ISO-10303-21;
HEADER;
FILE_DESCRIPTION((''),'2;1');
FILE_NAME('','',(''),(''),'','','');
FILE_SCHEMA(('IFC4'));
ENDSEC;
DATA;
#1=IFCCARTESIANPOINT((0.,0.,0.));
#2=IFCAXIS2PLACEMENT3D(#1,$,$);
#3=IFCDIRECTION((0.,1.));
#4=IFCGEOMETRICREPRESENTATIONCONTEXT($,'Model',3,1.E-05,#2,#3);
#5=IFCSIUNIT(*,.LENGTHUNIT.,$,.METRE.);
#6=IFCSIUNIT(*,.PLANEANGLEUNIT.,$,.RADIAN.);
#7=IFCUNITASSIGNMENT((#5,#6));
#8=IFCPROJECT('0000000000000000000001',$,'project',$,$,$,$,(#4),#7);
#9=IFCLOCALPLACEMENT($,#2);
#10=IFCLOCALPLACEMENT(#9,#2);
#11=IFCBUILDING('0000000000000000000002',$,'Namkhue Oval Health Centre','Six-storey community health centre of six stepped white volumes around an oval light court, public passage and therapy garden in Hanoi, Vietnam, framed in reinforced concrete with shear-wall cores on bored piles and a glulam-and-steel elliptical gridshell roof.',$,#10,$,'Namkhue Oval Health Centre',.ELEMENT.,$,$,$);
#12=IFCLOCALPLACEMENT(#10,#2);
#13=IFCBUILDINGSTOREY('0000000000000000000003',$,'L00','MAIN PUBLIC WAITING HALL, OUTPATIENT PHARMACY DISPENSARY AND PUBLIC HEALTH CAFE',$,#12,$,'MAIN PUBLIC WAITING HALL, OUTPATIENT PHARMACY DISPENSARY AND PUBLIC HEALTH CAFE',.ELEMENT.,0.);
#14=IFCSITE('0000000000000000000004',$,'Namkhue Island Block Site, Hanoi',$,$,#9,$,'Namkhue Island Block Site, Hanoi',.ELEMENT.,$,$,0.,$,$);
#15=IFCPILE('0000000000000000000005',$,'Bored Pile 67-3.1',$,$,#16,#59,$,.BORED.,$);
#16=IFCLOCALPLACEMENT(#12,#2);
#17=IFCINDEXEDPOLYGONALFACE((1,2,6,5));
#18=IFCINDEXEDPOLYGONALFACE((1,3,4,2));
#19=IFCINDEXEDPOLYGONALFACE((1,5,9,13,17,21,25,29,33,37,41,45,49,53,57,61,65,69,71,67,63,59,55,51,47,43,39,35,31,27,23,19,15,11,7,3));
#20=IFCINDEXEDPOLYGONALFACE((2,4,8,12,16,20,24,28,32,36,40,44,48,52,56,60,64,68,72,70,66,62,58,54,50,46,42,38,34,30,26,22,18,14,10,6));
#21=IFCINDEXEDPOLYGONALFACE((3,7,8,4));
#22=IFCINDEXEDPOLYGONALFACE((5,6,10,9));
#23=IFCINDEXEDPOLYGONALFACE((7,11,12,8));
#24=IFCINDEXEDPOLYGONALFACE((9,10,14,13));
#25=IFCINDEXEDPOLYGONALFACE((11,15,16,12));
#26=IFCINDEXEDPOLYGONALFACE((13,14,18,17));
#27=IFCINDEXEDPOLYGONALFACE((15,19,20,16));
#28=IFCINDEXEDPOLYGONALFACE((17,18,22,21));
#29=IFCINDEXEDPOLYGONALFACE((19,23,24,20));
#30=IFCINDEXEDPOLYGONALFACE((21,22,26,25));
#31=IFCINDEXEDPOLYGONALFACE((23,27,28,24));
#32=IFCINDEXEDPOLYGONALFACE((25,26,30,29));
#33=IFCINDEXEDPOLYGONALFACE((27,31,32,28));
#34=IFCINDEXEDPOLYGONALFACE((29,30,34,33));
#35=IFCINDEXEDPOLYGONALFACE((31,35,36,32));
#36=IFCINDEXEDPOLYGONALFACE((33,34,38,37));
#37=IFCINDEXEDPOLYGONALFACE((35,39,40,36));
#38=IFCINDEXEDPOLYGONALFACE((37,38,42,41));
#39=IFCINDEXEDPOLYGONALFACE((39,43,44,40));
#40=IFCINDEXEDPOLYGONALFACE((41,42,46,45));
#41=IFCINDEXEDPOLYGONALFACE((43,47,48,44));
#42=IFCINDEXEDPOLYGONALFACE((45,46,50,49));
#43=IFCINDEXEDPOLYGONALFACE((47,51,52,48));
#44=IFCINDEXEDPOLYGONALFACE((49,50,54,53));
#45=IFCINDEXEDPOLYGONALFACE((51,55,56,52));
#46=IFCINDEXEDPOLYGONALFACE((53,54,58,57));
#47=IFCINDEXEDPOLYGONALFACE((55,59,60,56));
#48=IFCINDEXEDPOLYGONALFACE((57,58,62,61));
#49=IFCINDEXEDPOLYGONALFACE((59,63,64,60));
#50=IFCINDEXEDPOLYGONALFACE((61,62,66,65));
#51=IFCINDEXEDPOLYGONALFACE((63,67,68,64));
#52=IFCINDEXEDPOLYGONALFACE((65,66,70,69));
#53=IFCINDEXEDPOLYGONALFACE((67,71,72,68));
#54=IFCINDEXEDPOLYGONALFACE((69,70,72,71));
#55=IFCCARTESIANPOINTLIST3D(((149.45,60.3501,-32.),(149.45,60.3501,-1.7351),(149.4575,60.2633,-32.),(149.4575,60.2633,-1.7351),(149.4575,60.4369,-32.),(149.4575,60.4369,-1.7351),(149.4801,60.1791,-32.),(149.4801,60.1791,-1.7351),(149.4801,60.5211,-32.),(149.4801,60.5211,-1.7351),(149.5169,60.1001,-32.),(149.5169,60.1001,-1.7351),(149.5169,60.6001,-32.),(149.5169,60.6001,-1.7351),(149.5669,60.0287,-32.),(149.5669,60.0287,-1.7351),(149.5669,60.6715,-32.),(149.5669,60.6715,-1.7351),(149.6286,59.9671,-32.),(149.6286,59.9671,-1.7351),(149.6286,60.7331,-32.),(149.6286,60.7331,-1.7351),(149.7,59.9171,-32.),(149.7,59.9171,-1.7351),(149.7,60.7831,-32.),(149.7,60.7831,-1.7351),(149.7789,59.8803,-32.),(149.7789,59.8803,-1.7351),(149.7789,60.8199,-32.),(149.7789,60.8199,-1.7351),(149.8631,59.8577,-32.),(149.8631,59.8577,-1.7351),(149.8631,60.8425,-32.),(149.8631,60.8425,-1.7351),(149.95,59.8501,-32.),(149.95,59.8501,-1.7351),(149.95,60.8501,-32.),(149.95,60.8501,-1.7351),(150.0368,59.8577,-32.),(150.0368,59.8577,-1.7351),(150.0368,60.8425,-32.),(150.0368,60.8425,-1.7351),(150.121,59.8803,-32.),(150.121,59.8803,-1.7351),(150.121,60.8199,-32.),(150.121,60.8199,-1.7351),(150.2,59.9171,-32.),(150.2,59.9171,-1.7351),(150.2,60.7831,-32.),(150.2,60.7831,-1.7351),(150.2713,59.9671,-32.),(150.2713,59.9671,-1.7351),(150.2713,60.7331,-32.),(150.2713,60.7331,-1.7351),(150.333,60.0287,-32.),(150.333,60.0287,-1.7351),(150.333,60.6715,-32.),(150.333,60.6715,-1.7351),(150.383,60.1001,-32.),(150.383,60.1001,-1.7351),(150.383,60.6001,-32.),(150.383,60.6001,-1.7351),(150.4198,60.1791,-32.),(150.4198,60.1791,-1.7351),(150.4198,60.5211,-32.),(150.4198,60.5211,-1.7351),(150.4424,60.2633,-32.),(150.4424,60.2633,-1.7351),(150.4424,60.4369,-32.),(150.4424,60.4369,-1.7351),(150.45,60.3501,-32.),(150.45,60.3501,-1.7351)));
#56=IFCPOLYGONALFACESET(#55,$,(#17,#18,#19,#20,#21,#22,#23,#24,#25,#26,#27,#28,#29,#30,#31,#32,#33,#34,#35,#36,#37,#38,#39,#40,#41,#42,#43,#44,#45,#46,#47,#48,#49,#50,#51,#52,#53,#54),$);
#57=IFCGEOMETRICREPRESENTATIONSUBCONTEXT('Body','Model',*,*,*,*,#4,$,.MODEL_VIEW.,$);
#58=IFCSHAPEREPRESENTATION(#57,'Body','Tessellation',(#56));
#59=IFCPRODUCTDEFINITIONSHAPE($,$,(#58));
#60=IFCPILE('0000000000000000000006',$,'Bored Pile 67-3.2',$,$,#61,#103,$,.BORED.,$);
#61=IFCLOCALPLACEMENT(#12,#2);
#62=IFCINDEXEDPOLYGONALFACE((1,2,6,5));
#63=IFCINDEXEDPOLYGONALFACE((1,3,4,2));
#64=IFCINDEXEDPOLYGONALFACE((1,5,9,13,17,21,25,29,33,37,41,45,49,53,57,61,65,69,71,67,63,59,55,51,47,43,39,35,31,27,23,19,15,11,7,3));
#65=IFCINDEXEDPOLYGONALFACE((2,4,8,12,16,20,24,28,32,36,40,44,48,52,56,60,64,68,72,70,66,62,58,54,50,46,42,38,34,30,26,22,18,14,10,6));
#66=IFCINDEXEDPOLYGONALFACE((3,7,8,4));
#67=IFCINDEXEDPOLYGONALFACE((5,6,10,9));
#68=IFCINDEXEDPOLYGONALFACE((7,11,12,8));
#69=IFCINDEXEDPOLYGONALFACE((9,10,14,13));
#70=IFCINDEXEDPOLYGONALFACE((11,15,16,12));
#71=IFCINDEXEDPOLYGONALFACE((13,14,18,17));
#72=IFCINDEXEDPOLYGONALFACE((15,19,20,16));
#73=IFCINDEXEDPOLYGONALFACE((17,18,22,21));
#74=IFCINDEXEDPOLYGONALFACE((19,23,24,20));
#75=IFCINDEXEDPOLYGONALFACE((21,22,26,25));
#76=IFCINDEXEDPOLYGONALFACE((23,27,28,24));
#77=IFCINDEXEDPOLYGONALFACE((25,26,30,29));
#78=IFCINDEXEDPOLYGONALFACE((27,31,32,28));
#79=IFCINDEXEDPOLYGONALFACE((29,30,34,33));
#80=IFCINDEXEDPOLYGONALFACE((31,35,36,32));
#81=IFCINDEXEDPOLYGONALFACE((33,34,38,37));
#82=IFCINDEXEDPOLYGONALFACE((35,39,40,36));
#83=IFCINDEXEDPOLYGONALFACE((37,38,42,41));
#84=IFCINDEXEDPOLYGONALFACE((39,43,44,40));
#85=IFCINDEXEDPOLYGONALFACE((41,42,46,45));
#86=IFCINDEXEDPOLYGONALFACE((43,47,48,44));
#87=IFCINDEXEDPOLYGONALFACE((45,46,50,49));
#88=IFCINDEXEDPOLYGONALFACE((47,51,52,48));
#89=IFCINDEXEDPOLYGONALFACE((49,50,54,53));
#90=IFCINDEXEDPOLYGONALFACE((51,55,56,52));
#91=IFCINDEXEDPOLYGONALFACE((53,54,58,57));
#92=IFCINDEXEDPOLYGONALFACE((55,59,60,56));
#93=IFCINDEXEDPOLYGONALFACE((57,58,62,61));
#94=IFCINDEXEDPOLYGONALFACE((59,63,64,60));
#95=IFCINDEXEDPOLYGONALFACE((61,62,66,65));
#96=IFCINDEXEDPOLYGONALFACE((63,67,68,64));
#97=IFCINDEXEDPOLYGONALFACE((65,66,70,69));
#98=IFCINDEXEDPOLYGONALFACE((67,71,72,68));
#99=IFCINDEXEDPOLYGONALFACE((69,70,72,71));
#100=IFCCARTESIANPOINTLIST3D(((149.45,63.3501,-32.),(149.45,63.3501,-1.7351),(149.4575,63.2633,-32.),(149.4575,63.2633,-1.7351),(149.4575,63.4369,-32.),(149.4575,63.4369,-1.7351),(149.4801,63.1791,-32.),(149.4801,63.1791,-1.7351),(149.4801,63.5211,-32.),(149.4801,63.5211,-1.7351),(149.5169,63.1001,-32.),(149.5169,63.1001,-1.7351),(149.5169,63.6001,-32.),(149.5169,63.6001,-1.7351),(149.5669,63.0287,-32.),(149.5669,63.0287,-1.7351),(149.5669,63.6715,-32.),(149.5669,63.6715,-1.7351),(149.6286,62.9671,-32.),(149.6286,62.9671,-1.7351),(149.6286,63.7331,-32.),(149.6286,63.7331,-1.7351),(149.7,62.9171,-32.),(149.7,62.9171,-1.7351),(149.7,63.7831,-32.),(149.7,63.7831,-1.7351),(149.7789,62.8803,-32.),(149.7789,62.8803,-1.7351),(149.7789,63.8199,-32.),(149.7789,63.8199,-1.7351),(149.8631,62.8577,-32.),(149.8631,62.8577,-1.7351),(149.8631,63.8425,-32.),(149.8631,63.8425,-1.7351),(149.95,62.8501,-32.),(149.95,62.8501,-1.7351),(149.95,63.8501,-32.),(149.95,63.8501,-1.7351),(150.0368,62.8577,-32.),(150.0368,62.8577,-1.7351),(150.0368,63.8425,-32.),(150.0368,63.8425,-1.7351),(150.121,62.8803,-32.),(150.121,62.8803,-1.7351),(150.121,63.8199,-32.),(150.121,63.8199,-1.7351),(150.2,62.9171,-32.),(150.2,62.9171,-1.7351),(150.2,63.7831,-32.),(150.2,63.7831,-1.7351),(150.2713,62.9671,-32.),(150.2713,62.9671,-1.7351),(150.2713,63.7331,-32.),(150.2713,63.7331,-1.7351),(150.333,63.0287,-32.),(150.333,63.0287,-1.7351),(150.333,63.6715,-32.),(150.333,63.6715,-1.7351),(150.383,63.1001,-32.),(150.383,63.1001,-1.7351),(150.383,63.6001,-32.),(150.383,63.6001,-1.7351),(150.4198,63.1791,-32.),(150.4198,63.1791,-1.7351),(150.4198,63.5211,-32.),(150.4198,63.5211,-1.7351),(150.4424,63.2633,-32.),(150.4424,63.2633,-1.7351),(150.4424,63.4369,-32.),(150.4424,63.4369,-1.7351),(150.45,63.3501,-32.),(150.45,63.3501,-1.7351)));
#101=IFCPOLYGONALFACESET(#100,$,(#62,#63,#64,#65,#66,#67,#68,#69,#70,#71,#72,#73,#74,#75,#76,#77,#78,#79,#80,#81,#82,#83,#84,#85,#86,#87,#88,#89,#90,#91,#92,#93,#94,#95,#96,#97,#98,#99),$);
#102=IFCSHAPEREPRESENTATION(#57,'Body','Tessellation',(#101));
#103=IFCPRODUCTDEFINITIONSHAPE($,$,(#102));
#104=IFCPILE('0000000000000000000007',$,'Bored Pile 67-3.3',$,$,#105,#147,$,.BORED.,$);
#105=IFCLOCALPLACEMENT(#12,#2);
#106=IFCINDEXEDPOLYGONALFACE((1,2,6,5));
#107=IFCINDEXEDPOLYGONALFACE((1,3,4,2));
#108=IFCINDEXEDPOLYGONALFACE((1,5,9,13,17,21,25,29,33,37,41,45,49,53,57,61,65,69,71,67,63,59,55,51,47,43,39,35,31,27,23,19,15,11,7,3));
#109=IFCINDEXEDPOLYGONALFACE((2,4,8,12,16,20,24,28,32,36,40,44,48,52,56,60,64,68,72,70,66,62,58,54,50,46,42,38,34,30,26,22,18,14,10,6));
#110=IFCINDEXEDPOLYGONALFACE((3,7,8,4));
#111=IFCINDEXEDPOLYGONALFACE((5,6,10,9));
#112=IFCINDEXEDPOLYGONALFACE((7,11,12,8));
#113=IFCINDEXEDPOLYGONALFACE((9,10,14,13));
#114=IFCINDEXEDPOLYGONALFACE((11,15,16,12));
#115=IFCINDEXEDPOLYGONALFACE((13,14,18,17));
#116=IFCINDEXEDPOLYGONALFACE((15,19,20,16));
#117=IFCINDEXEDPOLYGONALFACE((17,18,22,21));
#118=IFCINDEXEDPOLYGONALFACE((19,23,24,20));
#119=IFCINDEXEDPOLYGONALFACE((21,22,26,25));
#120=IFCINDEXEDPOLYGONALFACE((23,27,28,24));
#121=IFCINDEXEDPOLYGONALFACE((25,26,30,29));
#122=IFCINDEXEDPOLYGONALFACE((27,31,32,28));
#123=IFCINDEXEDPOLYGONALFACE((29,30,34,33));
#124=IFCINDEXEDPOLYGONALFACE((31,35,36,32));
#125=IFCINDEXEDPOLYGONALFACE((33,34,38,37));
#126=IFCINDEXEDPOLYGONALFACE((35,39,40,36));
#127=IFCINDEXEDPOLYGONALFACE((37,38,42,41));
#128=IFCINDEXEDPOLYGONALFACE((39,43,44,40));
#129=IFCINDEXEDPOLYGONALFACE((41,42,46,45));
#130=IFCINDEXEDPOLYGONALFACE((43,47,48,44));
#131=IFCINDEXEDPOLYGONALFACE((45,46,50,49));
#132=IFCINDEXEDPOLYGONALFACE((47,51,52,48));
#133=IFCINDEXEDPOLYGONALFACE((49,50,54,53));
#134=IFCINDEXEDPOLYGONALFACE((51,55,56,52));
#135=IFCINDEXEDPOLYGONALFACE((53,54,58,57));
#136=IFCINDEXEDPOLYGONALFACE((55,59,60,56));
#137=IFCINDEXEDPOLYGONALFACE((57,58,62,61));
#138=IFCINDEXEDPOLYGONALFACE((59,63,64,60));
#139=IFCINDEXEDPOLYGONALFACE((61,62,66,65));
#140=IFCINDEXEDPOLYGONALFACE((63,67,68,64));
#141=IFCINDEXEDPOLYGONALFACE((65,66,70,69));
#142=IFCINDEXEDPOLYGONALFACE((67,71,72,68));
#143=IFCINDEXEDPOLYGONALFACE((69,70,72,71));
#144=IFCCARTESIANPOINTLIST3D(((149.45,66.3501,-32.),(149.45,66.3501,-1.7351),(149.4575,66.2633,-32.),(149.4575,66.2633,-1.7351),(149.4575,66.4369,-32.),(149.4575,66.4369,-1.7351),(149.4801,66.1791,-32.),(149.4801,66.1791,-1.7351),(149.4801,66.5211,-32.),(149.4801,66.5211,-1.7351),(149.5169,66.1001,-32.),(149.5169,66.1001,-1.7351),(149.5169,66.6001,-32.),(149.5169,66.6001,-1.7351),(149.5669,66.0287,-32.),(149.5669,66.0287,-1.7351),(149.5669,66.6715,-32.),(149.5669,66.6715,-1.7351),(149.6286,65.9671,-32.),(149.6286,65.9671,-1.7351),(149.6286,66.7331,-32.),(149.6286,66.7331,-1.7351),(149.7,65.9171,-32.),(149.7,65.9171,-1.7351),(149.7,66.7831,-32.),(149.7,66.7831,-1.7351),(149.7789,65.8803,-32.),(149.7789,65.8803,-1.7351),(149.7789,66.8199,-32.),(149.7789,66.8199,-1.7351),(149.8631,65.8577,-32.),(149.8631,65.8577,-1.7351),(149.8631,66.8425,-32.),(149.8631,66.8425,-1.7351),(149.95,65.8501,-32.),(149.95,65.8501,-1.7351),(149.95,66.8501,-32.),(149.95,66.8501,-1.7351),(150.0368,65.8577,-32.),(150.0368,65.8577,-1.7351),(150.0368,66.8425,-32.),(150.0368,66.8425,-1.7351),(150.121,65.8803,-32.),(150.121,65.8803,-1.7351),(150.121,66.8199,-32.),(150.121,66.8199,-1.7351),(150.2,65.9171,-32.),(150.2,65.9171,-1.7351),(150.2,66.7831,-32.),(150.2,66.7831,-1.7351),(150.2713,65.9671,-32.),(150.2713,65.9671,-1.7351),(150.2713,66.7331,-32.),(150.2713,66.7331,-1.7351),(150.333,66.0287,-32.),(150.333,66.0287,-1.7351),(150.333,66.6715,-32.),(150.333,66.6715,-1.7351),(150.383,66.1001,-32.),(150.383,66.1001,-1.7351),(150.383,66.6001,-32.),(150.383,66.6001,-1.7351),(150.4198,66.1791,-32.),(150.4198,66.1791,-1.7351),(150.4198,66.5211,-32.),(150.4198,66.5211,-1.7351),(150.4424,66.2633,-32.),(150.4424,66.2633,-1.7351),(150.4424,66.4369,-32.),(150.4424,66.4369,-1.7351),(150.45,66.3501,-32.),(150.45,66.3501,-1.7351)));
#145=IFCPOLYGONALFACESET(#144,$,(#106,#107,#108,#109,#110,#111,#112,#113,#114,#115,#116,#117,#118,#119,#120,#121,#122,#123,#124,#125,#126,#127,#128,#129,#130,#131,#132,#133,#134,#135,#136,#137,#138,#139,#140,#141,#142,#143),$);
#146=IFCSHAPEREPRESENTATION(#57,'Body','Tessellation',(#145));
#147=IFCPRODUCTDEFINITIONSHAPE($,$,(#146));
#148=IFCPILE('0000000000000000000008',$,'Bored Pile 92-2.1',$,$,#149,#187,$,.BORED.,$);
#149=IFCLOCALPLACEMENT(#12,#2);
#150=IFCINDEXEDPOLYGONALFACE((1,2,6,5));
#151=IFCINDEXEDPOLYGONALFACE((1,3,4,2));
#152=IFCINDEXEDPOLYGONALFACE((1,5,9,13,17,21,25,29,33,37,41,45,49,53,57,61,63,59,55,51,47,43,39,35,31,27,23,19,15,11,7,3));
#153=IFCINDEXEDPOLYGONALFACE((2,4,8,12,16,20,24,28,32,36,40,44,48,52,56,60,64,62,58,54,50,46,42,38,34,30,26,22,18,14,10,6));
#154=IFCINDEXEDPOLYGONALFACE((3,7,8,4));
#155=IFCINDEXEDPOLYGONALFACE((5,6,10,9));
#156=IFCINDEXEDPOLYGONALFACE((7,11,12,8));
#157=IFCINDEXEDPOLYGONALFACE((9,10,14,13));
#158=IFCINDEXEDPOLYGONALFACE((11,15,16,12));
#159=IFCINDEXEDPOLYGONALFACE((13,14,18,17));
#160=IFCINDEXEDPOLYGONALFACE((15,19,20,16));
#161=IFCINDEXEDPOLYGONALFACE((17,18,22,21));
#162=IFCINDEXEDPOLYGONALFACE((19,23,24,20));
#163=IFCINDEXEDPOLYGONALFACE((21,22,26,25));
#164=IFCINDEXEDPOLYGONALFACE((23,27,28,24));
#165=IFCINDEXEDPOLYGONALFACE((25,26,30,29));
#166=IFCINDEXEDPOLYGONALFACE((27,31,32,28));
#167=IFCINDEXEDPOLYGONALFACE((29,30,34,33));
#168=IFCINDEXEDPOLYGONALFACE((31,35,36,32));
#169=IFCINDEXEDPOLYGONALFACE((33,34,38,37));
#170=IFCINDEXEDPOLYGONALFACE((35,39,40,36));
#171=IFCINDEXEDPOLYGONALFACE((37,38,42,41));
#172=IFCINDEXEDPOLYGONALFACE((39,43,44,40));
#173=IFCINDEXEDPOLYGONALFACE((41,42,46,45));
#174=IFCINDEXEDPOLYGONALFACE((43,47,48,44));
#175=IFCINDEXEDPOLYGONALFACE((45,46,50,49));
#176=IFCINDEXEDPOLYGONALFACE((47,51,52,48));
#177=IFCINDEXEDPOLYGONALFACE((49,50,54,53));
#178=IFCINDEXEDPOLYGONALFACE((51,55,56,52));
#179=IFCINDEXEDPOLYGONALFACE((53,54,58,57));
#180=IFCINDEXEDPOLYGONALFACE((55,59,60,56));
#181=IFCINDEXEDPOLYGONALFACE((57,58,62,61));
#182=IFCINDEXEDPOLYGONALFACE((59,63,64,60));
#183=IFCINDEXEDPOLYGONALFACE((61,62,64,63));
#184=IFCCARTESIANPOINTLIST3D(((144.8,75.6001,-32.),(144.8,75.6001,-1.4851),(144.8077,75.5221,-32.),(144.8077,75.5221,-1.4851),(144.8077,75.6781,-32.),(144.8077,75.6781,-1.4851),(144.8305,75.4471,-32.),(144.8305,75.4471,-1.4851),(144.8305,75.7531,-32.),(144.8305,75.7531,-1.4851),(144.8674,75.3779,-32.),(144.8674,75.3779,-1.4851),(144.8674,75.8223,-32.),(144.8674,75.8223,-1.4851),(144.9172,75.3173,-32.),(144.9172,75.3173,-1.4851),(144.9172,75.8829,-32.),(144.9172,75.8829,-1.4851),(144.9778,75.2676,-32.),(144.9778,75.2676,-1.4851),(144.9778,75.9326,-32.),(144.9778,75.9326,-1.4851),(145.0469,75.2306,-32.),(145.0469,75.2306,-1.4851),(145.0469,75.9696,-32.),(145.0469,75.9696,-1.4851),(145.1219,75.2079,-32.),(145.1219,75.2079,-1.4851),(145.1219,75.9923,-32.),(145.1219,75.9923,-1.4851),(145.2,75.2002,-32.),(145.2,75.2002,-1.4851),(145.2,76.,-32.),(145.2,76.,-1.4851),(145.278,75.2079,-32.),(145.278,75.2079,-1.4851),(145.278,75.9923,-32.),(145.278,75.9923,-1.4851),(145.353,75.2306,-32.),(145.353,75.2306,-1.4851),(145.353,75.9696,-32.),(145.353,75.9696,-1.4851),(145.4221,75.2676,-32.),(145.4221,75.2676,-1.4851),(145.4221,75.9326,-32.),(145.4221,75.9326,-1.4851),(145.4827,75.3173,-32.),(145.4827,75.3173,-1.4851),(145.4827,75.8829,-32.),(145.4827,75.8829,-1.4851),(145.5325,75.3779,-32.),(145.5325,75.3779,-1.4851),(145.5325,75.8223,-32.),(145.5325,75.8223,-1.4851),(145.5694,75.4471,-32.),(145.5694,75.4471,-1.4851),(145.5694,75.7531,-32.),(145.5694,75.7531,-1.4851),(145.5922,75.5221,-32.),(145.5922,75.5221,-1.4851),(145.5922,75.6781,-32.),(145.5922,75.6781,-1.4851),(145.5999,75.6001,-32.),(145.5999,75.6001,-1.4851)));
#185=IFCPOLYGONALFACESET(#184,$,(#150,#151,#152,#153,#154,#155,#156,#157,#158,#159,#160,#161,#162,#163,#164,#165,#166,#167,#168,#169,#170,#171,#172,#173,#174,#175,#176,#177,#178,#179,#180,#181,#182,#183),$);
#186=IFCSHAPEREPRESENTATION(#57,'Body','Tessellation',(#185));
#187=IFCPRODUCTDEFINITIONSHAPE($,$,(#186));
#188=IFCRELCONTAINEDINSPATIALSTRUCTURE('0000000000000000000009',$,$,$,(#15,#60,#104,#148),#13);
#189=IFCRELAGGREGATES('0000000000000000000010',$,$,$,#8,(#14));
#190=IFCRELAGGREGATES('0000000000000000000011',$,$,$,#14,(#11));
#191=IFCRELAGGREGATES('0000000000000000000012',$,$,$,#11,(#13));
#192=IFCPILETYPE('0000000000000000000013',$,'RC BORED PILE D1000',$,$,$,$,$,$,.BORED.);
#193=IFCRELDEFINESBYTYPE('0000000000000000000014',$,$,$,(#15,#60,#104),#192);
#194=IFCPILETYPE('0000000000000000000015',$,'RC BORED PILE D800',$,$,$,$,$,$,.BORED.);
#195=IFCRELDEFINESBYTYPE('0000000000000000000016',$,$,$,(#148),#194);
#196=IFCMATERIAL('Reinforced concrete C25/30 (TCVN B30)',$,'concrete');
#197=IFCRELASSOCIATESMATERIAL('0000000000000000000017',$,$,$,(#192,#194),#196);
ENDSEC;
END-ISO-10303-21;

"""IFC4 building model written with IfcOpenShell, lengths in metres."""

from ifc_helpers import new_model, si_unit, direction, frame, origin, origin_2d, place, context, subcontext, project, spatial, circle, extrude, material, material_profile, profile_set, type_object, element, save


model = new_model("IFC4")

# Units and contexts
model_context = context("Model", 3, precision=1e-05, world=origin(), true_north=direction((0.0, 1.0)))
body_context = subcontext(model_context, "Body", "Model", "MODEL_VIEW")
ifc_project = project(units=[si_unit("LENGTHUNIT", "METRE"), si_unit("PLANEANGLEUNIT", "RADIAN")], contexts=[model_context])

# Site, building, storey
site_placement = place(None, origin())
site = spatial("IfcSite", under=ifc_project, at=site_placement, Name="Namkhue Island Block Site, Hanoi", LongName="Namkhue Island Block Site, Hanoi", CompositionType="ELEMENT", RefElevation=0.0)
building_placement = place(site_placement, origin())
building = spatial("IfcBuilding", under=site, at=building_placement, Name="Namkhue Oval Health Centre", Description="Six-storey community health centre of six stepped white volumes around an oval light court, public passage and therapy garden in Hanoi, Vietnam, framed in reinforced concrete with shear-wall cores on bored piles and a glulam-and-steel elliptical gridshell roof.", LongName="Namkhue Oval Health Centre", CompositionType="ELEMENT")
storey_placement = place(building_placement, origin())
storey = spatial("IfcBuildingStorey", under=building, at=storey_placement, Name="L00", Description="MAIN PUBLIC WAITING HALL, OUTPATIENT PHARMACY DISPENSARY AND PUBLIC HEALTH CAFE", LongName="MAIN PUBLIC WAITING HALL, OUTPATIENT PHARMACY DISPENSARY AND PUBLIC HEALTH CAFE", CompositionType="ELEMENT", Elevation=0.0)

# Piles
ifc_material_1 = material(Name="Reinforced concrete C25/30 (TCVN B30)", Category="concrete")
ifc_material_profile_1 = material_profile(ifc_material_1, circle(Radius=0.5, at=origin_2d()), Name="BORED PILE D1000")
ifc_profile_set_1 = profile_set([ifc_material_profile_1], Name="Reinforced concrete C25/30 (TCVN B30)")
pile_type_1 = type_object("IfcPileType", Name="RC BORED PILE D1000", PredefinedType="BORED", material=ifc_profile_set_1)
for number, where, z_axis, x_axis, name in (
    (1, (149.95, 60.3501, -1.7351), (0.0, 0.0, -1.0), (1.0, 0.0, 0.0), "Bored Pile 67-3.1"),
    (2, (149.95, 63.3501, -1.7351), (0.0, 0.0, -1.0), (1.0, 0.0, 0.0), "Bored Pile 67-3.2"),
    (3, (149.95, 66.3501, -1.7351), (0.0, 0.0, -1.0), (1.0, 0.0, 0.0), "Bored Pile 67-3.3"),
):
    element("IfcPile", number, at=place(storey_placement, frame(where, z_axis=z_axis, x_axis=x_axis)), inside=storey, type_object=pile_type_1, Name=name, PredefinedType="BORED", context=body_context, shape_type="SweptSolid", body=[
        extrude(circle(Radius=0.5, at=origin_2d()), origin(), (0.0, 0.0, 1.0), 30.2649),
    ])
ifc_material_profile_2 = material_profile(ifc_material_1, circle(Radius=0.3999, at=origin_2d()), Name="BORED PILE D800")
ifc_profile_set_2 = profile_set([ifc_material_profile_2], Name="Reinforced concrete C25/30 (TCVN B30)")
pile_type_2 = type_object("IfcPileType", Name="RC BORED PILE D800", PredefinedType="BORED", material=ifc_profile_set_2)
for number, where, z_axis, x_axis, name in (
    (4, (145.2, 75.6001, -1.4851), (0.0, 0.0, -1.0), (1.0, 0.0, 0.0), "Bored Pile 92-2.1"),
):
    element("IfcPile", number, at=place(storey_placement, frame(where, z_axis=z_axis, x_axis=x_axis)), inside=storey, type_object=pile_type_2, Name=name, PredefinedType="BORED", context=body_context, shape_type="SweptSolid", body=[
        extrude(circle(Radius=0.3999, at=origin_2d()), origin(), (0.0, 0.0, 1.0), 30.5149),
    ])

save(model, "model.ifc")
